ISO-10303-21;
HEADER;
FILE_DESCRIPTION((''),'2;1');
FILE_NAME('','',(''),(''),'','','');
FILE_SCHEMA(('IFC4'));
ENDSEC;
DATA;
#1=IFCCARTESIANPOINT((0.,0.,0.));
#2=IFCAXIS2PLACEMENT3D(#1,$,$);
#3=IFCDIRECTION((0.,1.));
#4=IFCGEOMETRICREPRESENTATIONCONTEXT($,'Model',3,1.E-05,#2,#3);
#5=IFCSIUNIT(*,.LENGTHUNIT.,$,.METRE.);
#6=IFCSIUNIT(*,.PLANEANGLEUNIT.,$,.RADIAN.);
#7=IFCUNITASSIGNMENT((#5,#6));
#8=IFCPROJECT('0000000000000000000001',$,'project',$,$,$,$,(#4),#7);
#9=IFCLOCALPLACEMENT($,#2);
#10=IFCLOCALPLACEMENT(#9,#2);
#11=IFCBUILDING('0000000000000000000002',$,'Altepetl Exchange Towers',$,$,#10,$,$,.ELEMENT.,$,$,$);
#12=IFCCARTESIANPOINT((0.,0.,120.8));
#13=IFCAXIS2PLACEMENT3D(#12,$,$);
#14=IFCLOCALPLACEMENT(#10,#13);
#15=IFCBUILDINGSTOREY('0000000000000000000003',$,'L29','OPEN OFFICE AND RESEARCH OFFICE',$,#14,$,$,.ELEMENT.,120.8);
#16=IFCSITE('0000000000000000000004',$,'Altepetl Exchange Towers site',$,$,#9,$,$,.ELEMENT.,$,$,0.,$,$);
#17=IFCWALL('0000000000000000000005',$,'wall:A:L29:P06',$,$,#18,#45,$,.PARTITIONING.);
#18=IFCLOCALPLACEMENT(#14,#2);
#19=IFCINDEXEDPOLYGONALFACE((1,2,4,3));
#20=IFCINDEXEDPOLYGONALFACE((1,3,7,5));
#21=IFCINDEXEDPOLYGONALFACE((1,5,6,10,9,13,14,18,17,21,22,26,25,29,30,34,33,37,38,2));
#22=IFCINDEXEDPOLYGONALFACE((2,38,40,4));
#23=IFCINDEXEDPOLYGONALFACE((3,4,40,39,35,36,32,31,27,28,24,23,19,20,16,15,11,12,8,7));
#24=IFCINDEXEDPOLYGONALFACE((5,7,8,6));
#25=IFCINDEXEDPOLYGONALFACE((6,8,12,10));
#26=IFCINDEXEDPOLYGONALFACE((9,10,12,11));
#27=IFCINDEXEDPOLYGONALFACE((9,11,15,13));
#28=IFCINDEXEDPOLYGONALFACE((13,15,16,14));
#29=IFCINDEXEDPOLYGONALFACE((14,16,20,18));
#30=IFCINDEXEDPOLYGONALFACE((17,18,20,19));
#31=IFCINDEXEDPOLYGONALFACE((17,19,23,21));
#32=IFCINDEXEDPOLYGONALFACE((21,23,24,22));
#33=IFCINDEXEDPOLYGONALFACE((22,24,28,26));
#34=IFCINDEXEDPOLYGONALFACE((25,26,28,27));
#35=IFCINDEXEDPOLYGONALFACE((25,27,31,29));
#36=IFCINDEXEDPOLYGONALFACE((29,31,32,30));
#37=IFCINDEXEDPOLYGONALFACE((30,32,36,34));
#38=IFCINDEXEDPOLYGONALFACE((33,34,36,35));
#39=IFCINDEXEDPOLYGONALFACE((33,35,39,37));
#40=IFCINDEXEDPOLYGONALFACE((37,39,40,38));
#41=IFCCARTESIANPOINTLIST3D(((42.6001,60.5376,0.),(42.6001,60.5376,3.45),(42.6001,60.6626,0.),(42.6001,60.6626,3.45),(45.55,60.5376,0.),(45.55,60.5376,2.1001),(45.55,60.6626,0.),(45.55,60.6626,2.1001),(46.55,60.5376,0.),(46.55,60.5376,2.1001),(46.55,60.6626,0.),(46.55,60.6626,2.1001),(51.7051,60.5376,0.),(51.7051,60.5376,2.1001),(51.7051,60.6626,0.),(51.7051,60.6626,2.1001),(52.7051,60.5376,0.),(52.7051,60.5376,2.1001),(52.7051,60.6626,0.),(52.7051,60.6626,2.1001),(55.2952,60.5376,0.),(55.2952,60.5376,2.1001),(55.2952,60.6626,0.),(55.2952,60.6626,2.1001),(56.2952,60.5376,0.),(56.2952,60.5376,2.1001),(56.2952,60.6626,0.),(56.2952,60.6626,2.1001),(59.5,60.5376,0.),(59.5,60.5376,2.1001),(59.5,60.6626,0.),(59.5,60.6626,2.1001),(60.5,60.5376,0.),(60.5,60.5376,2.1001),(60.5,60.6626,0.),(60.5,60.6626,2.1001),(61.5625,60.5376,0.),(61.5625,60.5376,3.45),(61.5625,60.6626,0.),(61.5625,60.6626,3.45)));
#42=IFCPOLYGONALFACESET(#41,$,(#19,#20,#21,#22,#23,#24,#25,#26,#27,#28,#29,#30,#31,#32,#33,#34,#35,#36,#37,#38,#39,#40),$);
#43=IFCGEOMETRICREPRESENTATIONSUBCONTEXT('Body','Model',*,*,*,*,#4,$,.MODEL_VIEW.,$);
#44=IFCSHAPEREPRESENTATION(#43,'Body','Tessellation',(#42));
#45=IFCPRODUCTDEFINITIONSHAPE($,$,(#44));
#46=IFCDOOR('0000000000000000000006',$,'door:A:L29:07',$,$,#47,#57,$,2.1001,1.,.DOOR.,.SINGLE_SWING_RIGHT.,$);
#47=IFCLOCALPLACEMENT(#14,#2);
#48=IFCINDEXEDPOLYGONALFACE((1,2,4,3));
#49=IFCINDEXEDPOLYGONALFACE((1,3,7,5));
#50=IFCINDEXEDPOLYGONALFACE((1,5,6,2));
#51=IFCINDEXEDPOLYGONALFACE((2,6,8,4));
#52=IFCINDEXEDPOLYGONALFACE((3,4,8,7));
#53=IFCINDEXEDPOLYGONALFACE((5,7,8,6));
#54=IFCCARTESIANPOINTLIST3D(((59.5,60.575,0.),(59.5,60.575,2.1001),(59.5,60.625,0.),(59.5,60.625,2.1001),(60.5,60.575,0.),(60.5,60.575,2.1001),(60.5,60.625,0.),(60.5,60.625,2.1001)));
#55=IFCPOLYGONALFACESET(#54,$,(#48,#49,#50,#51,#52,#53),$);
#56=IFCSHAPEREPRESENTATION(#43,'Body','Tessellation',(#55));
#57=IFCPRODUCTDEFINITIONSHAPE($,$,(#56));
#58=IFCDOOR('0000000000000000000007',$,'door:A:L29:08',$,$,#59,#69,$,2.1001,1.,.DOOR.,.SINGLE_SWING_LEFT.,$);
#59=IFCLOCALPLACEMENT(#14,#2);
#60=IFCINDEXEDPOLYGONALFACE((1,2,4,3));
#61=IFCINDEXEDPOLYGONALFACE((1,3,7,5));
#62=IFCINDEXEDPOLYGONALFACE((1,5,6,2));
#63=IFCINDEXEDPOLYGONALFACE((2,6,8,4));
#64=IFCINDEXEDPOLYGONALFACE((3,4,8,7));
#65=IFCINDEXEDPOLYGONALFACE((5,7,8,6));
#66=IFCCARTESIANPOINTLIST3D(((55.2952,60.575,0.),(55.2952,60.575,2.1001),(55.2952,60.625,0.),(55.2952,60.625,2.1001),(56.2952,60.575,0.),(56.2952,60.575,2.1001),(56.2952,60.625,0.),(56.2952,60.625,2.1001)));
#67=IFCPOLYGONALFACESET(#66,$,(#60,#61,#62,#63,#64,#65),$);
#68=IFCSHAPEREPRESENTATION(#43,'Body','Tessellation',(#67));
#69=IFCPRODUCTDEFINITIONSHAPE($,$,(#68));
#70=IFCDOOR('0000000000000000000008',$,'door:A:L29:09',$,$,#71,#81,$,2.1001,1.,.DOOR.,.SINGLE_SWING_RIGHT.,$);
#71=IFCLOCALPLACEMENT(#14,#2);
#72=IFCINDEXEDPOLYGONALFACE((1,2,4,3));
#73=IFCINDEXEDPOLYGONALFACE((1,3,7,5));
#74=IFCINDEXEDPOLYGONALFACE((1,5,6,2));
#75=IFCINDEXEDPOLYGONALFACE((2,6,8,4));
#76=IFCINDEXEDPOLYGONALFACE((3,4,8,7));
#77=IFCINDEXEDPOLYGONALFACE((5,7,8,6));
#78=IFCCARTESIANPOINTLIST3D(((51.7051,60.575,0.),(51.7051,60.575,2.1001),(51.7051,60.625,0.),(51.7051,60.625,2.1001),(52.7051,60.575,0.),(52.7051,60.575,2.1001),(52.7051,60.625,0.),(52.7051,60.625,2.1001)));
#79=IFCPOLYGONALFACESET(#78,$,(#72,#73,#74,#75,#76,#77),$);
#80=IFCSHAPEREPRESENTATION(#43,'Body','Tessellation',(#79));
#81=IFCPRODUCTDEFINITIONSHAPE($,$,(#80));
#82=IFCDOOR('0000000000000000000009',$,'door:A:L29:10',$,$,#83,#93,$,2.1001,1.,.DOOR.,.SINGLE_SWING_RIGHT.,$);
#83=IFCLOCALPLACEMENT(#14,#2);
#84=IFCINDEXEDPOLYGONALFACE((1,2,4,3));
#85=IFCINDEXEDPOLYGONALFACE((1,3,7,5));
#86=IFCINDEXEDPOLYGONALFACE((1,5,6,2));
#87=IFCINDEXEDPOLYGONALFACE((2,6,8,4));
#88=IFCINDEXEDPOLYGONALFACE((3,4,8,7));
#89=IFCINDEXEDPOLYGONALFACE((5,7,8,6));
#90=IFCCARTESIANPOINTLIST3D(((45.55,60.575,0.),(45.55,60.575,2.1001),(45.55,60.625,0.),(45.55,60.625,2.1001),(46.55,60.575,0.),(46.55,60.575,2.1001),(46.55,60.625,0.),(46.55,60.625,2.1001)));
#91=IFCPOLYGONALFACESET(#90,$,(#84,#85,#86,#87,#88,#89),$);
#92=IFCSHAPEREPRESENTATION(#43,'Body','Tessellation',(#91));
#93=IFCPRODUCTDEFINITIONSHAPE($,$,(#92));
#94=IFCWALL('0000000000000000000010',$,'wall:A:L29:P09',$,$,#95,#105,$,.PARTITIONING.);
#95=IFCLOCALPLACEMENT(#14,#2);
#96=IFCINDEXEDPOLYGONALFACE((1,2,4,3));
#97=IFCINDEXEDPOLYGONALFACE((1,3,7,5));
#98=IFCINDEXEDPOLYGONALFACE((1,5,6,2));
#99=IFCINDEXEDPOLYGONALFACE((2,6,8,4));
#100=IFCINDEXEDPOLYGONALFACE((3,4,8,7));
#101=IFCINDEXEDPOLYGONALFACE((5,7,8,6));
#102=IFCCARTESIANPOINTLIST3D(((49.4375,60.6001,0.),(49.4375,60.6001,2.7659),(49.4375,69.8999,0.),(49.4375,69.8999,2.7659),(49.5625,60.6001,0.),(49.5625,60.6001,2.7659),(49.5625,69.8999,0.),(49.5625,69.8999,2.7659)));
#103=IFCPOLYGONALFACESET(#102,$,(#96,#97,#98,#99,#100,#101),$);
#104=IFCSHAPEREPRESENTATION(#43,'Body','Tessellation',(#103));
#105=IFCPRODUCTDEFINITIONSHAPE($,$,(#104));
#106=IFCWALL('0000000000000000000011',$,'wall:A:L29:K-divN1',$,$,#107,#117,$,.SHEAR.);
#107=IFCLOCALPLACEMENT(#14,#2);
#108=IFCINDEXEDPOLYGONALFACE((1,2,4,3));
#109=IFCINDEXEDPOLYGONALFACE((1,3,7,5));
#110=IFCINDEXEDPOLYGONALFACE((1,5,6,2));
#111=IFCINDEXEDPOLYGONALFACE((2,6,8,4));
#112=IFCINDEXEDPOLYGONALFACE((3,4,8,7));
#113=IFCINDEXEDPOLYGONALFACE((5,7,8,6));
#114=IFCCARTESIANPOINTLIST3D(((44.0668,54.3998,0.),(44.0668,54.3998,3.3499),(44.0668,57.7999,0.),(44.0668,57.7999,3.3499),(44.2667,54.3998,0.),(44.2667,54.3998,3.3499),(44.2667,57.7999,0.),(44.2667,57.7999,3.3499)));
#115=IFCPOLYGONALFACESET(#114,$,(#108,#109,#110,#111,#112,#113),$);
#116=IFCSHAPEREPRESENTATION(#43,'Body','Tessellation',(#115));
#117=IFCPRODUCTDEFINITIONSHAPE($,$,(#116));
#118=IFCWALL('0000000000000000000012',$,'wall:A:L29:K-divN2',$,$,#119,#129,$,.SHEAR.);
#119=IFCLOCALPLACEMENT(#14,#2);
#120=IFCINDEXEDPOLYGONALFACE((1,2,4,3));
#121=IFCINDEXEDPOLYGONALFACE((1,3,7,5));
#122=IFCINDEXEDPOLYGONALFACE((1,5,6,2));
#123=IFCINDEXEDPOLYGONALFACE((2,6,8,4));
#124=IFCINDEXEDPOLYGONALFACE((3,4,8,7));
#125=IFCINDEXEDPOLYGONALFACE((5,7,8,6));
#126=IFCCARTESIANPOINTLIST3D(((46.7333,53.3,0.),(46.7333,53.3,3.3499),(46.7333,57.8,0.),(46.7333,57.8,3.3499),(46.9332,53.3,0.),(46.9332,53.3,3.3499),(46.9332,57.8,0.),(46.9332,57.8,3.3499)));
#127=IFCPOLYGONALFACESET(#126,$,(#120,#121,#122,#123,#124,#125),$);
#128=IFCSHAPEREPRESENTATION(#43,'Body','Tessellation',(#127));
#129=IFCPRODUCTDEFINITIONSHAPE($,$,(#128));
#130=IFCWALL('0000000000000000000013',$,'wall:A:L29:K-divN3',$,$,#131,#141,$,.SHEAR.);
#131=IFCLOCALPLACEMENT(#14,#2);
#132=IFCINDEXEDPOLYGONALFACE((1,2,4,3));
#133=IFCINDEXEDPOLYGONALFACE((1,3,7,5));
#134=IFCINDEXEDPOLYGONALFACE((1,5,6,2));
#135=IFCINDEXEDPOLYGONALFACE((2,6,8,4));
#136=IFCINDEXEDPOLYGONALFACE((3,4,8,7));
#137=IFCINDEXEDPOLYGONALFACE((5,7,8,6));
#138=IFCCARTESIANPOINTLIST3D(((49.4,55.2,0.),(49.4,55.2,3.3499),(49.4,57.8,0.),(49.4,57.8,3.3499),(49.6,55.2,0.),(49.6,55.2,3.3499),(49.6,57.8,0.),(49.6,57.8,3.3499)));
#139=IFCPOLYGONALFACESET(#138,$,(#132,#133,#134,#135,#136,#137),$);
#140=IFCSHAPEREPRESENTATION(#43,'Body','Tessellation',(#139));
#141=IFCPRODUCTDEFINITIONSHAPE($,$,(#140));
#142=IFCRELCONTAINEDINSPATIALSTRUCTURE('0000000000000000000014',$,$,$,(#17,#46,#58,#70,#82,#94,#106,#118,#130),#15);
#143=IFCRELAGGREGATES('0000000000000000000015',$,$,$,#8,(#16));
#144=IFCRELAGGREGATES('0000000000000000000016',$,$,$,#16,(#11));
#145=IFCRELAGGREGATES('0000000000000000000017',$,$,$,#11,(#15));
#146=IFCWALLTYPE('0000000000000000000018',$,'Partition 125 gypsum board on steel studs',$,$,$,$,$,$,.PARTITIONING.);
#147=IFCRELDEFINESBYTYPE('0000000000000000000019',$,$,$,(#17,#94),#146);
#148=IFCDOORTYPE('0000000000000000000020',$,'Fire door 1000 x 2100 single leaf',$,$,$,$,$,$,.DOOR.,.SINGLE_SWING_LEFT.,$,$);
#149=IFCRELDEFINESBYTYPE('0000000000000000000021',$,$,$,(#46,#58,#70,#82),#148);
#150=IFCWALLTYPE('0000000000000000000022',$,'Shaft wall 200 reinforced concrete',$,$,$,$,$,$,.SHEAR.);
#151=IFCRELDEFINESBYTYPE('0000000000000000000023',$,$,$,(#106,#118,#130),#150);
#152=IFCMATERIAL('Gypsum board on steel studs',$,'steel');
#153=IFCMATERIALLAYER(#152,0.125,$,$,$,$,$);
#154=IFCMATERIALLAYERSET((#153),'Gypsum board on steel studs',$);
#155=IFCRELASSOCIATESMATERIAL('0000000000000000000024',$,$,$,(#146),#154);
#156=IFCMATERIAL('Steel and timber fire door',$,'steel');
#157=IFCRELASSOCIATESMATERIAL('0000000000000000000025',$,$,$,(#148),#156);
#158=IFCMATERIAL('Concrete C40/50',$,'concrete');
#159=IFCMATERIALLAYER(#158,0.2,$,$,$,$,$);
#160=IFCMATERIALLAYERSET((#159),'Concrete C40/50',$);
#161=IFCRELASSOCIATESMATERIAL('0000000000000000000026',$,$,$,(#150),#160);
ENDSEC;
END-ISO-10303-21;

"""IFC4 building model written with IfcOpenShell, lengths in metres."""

from ifc_helpers import new_model, si_unit, direction, frame, frame_2d, origin, place, context, subcontext, project, spatial, rectangle, extrude, material, layer, layer_set, type_object, element, fill, save


model = new_model("IFC4")

# Units and contexts
model_context = context("Model", 3, precision=1e-05, world=origin(), true_north=direction((0.0, 1.0)))
body_context = subcontext(model_context, "Body", "Model", "MODEL_VIEW")
ifc_project = project(units=[si_unit("LENGTHUNIT", "METRE"), si_unit("PLANEANGLEUNIT", "RADIAN")], contexts=[model_context])

# Site, building, storey
site_placement = place(None, origin())
site = spatial("IfcSite", under=ifc_project, at=site_placement, Name="Altepetl Exchange Towers site", CompositionType="ELEMENT", RefElevation=0.0)
building_placement = place(site_placement, origin())
building = spatial("IfcBuilding", under=site, at=building_placement, Name="Altepetl Exchange Towers", CompositionType="ELEMENT")
storey_placement = place(building_placement, frame((0.0, 0.0, 120.8)))
storey = spatial("IfcBuildingStorey", under=building, at=storey_placement, Name="L29", Description="OPEN OFFICE AND RESEARCH OFFICE", CompositionType="ELEMENT", Elevation=120.8)

# Wall, openings, doors
ifc_material_1 = material(Name="Gypsum board on steel studs", Category="steel")
ifc_layer_1 = layer(ifc_material_1, 0.125)
ifc_layer_set_1 = layer_set([ifc_layer_1], Name="Gypsum board on steel studs")
wall_type_1 = type_object("IfcWallType", Name="Partition 125 gypsum board on steel studs", PredefinedType="PARTITIONING", material=ifc_layer_set_1)
wall_1_placement = place(storey_placement, frame((42.6001, 60.6001, 0.0)))
wall_1 = element("IfcWall", 1, at=wall_1_placement, inside=storey, type_object=wall_type_1, Name="wall:A:L29:P06", PredefinedType="PARTITIONING", context=body_context, shape_type="SweptSolid", body=[
    extrude(rectangle(XDim=18.9624, YDim=0.125, at=frame_2d((9.4812, 0.0))), origin(), (0.0, 0.0, 1.0), 3.45),
])
opening_1_placement = place(wall_1_placement, frame((16.8999, 0.0, 0.0)))
opening_1 = element("IfcOpeningElement", 2, at=opening_1_placement, cuts=wall_1, PredefinedType="OPENING", context=body_context, shape_type="SweptSolid", body=[
    extrude(rectangle(XDim=1.0, YDim=2.1001, at=frame_2d((0.5, 1.05))), frame((0.0, 0.0725, 0.0), z_axis=(0.0, -1.0, 0.0), x_axis=(1.0, 0.0, 0.0)), (0.0, 0.0, 1.0), 0.145),
])
opening_2_placement = place(wall_1_placement, frame((12.6951, 0.0, 0.0)))
opening_2 = element("IfcOpeningElement", 3, at=opening_2_placement, cuts=wall_1, PredefinedType="OPENING", context=body_context, shape_type="SweptSolid", body=[
    extrude(rectangle(XDim=1.0, YDim=2.1001, at=frame_2d((0.5, 1.05))), frame((0.0, 0.0725, 0.0), z_axis=(0.0, -1.0, 0.0), x_axis=(1.0, 0.0, 0.0)), (0.0, 0.0, 1.0), 0.145),
])
opening_3_placement = place(wall_1_placement, frame((9.105, 0.0, 0.0)))
opening_3 = element("IfcOpeningElement", 4, at=opening_3_placement, cuts=wall_1, PredefinedType="OPENING", context=body_context, shape_type="SweptSolid", body=[
    extrude(rectangle(XDim=1.0, YDim=2.1001, at=frame_2d((0.5, 1.05))), frame((0.0, 0.0725, 0.0), z_axis=(0.0, -1.0, 0.0), x_axis=(1.0, 0.0, 0.0)), (0.0, 0.0, 1.0), 0.145),
])
opening_4_placement = place(wall_1_placement, frame((2.95, 0.0, 0.0)))
opening_4 = element("IfcOpeningElement", 5, at=opening_4_placement, cuts=wall_1, PredefinedType="OPENING", context=body_context, shape_type="SweptSolid", body=[
    extrude(rectangle(XDim=1.0, YDim=2.1001, at=frame_2d((0.5, 1.05))), frame((0.0, 0.0725, 0.0), z_axis=(0.0, -1.0, 0.0), x_axis=(1.0, 0.0, 0.0)), (0.0, 0.0, 1.0), 0.145),
])
ifc_material_2 = material(Name="Steel and timber fire door", Category="steel")
door_type_1 = type_object("IfcDoorType", Name="Fire door 1000 x 2100 single leaf", OperationType="SINGLE_SWING_LEFT", PredefinedType="DOOR", material=ifc_material_2)
door_1_placement = place(opening_1_placement, origin())
door_1 = element("IfcDoor", 6, at=door_1_placement, inside=storey, type_object=door_type_1, Name="door:A:L29:07", OperationType="SINGLE_SWING_RIGHT", OverallHeight=2.1001, OverallWidth=1.0, PredefinedType="DOOR", context=body_context, shape_type="SweptSolid", body=[
    extrude(rectangle(XDim=1.0, YDim=2.1001, at=frame_2d((0.5, 1.05))), frame((0.0, 0.0249, 0.0), z_axis=(0.0, -1.0, 0.0), x_axis=(1.0, 0.0, 0.0)), (0.0, 0.0, 1.0), 0.05),
])
fill(opening_1, door_1)
door_2_placement = place(opening_2_placement, origin())
door_2 = element("IfcDoor", 7, at=door_2_placement, inside=storey, type_object=door_type_1, Name="door:A:L29:08", OperationType="SINGLE_SWING_LEFT", OverallHeight=2.1001, OverallWidth=1.0, PredefinedType="DOOR", context=body_context, shape_type="SweptSolid", body=[
    extrude(rectangle(XDim=1.0, YDim=2.1001, at=frame_2d((0.5, 1.05))), frame((0.0, 0.0249, 0.0), z_axis=(0.0, -1.0, 0.0), x_axis=(1.0, 0.0, 0.0)), (0.0, 0.0, 1.0), 0.05),
])
fill(opening_2, door_2)
door_3_placement = place(opening_3_placement, origin())
door_3 = element("IfcDoor", 8, at=door_3_placement, inside=storey, type_object=door_type_1, Name="door:A:L29:09", OperationType="SINGLE_SWING_RIGHT", OverallHeight=2.1001, OverallWidth=1.0, PredefinedType="DOOR", context=body_context, shape_type="SweptSolid", body=[
    extrude(rectangle(XDim=1.0, YDim=2.1001, at=frame_2d((0.5, 1.05))), frame((0.0, 0.0249, 0.0), z_axis=(0.0, -1.0, 0.0), x_axis=(1.0, 0.0, 0.0)), (0.0, 0.0, 1.0), 0.05),
])
fill(opening_3, door_3)
door_4_placement = place(opening_4_placement, origin())
door_4 = element("IfcDoor", 9, at=door_4_placement, inside=storey, type_object=door_type_1, Name="door:A:L29:10", OperationType="SINGLE_SWING_RIGHT", OverallHeight=2.1001, OverallWidth=1.0, PredefinedType="DOOR", context=body_context, shape_type="SweptSolid", body=[
    extrude(rectangle(XDim=1.0, YDim=2.1001, at=frame_2d((0.5, 1.05))), frame((0.0, 0.0249, 0.0), z_axis=(0.0, -1.0, 0.0), x_axis=(1.0, 0.0, 0.0)), (0.0, 0.0, 1.0), 0.05),
])
fill(opening_4, door_4)

# Walls
wall_2_placement = place(storey_placement, frame((49.5, 60.6001, 0.0), z_axis=(0.0, 0.0, 1.0), x_axis=(0.0, 1.0, 0.0)))
element("IfcWall", 10, at=wall_2_placement, inside=storey, type_object=wall_type_1, Name="wall:A:L29:P09", PredefinedType="PARTITIONING", context=body_context, shape_type="SweptSolid", body=[
    extrude(rectangle(XDim=9.2998, YDim=0.125, at=frame_2d((4.6499, 0.0))), origin(), (0.0, 0.0, 1.0), 2.7659),
])
ifc_material_3 = material(Name="Concrete C40/50", Category="concrete")
ifc_layer_2 = layer(ifc_material_3, 0.2)
ifc_layer_set_2 = layer_set([ifc_layer_2], Name="Concrete C40/50")
wall_type_2 = type_object("IfcWallType", Name="Shaft wall 200 reinforced concrete", PredefinedType="SHEAR", material=ifc_layer_set_2)
wall_3_placement = place(storey_placement, frame((44.1667, 57.8, 0.0), z_axis=(0.0, 0.0, 1.0), x_axis=(0.0, -1.0, 0.0)))
element("IfcWall", 11, at=wall_3_placement, inside=storey, type_object=wall_type_2, Name="wall:A:L29:K-divN1", PredefinedType="SHEAR", context=body_context, shape_type="SweptSolid", body=[
    extrude(rectangle(XDim=3.4001, YDim=0.2, at=frame_2d((1.7002, 0.0))), origin(), (0.0, 0.0, 1.0), 3.3499),
])
wall_4_placement = place(storey_placement, frame((46.8333, 57.8, 0.0), z_axis=(0.0, 0.0, 1.0), x_axis=(0.0, -1.0, 0.0)))
element("IfcWall", 12, at=wall_4_placement, inside=storey, type_object=wall_type_2, Name="wall:A:L29:K-divN2", PredefinedType="SHEAR", context=body_context, shape_type="SweptSolid", body=[
    extrude(rectangle(XDim=4.5, YDim=0.2, at=frame_2d((2.25, 0.0))), origin(), (0.0, 0.0, 1.0), 3.3499),
])
wall_5_placement = place(storey_placement, frame((49.5, 57.8, 0.0), z_axis=(0.0, 0.0, 1.0), x_axis=(0.0, -1.0, 0.0)))
element("IfcWall", 13, at=wall_5_placement, inside=storey, type_object=wall_type_2, Name="wall:A:L29:K-divN3", PredefinedType="SHEAR", context=body_context, shape_type="SweptSolid", body=[
    extrude(rectangle(XDim=2.6001, YDim=0.2, at=frame_2d((1.3, 0.0))), origin(), (0.0, 0.0, 1.0), 3.3499),
])

save(model, "model.ifc")
